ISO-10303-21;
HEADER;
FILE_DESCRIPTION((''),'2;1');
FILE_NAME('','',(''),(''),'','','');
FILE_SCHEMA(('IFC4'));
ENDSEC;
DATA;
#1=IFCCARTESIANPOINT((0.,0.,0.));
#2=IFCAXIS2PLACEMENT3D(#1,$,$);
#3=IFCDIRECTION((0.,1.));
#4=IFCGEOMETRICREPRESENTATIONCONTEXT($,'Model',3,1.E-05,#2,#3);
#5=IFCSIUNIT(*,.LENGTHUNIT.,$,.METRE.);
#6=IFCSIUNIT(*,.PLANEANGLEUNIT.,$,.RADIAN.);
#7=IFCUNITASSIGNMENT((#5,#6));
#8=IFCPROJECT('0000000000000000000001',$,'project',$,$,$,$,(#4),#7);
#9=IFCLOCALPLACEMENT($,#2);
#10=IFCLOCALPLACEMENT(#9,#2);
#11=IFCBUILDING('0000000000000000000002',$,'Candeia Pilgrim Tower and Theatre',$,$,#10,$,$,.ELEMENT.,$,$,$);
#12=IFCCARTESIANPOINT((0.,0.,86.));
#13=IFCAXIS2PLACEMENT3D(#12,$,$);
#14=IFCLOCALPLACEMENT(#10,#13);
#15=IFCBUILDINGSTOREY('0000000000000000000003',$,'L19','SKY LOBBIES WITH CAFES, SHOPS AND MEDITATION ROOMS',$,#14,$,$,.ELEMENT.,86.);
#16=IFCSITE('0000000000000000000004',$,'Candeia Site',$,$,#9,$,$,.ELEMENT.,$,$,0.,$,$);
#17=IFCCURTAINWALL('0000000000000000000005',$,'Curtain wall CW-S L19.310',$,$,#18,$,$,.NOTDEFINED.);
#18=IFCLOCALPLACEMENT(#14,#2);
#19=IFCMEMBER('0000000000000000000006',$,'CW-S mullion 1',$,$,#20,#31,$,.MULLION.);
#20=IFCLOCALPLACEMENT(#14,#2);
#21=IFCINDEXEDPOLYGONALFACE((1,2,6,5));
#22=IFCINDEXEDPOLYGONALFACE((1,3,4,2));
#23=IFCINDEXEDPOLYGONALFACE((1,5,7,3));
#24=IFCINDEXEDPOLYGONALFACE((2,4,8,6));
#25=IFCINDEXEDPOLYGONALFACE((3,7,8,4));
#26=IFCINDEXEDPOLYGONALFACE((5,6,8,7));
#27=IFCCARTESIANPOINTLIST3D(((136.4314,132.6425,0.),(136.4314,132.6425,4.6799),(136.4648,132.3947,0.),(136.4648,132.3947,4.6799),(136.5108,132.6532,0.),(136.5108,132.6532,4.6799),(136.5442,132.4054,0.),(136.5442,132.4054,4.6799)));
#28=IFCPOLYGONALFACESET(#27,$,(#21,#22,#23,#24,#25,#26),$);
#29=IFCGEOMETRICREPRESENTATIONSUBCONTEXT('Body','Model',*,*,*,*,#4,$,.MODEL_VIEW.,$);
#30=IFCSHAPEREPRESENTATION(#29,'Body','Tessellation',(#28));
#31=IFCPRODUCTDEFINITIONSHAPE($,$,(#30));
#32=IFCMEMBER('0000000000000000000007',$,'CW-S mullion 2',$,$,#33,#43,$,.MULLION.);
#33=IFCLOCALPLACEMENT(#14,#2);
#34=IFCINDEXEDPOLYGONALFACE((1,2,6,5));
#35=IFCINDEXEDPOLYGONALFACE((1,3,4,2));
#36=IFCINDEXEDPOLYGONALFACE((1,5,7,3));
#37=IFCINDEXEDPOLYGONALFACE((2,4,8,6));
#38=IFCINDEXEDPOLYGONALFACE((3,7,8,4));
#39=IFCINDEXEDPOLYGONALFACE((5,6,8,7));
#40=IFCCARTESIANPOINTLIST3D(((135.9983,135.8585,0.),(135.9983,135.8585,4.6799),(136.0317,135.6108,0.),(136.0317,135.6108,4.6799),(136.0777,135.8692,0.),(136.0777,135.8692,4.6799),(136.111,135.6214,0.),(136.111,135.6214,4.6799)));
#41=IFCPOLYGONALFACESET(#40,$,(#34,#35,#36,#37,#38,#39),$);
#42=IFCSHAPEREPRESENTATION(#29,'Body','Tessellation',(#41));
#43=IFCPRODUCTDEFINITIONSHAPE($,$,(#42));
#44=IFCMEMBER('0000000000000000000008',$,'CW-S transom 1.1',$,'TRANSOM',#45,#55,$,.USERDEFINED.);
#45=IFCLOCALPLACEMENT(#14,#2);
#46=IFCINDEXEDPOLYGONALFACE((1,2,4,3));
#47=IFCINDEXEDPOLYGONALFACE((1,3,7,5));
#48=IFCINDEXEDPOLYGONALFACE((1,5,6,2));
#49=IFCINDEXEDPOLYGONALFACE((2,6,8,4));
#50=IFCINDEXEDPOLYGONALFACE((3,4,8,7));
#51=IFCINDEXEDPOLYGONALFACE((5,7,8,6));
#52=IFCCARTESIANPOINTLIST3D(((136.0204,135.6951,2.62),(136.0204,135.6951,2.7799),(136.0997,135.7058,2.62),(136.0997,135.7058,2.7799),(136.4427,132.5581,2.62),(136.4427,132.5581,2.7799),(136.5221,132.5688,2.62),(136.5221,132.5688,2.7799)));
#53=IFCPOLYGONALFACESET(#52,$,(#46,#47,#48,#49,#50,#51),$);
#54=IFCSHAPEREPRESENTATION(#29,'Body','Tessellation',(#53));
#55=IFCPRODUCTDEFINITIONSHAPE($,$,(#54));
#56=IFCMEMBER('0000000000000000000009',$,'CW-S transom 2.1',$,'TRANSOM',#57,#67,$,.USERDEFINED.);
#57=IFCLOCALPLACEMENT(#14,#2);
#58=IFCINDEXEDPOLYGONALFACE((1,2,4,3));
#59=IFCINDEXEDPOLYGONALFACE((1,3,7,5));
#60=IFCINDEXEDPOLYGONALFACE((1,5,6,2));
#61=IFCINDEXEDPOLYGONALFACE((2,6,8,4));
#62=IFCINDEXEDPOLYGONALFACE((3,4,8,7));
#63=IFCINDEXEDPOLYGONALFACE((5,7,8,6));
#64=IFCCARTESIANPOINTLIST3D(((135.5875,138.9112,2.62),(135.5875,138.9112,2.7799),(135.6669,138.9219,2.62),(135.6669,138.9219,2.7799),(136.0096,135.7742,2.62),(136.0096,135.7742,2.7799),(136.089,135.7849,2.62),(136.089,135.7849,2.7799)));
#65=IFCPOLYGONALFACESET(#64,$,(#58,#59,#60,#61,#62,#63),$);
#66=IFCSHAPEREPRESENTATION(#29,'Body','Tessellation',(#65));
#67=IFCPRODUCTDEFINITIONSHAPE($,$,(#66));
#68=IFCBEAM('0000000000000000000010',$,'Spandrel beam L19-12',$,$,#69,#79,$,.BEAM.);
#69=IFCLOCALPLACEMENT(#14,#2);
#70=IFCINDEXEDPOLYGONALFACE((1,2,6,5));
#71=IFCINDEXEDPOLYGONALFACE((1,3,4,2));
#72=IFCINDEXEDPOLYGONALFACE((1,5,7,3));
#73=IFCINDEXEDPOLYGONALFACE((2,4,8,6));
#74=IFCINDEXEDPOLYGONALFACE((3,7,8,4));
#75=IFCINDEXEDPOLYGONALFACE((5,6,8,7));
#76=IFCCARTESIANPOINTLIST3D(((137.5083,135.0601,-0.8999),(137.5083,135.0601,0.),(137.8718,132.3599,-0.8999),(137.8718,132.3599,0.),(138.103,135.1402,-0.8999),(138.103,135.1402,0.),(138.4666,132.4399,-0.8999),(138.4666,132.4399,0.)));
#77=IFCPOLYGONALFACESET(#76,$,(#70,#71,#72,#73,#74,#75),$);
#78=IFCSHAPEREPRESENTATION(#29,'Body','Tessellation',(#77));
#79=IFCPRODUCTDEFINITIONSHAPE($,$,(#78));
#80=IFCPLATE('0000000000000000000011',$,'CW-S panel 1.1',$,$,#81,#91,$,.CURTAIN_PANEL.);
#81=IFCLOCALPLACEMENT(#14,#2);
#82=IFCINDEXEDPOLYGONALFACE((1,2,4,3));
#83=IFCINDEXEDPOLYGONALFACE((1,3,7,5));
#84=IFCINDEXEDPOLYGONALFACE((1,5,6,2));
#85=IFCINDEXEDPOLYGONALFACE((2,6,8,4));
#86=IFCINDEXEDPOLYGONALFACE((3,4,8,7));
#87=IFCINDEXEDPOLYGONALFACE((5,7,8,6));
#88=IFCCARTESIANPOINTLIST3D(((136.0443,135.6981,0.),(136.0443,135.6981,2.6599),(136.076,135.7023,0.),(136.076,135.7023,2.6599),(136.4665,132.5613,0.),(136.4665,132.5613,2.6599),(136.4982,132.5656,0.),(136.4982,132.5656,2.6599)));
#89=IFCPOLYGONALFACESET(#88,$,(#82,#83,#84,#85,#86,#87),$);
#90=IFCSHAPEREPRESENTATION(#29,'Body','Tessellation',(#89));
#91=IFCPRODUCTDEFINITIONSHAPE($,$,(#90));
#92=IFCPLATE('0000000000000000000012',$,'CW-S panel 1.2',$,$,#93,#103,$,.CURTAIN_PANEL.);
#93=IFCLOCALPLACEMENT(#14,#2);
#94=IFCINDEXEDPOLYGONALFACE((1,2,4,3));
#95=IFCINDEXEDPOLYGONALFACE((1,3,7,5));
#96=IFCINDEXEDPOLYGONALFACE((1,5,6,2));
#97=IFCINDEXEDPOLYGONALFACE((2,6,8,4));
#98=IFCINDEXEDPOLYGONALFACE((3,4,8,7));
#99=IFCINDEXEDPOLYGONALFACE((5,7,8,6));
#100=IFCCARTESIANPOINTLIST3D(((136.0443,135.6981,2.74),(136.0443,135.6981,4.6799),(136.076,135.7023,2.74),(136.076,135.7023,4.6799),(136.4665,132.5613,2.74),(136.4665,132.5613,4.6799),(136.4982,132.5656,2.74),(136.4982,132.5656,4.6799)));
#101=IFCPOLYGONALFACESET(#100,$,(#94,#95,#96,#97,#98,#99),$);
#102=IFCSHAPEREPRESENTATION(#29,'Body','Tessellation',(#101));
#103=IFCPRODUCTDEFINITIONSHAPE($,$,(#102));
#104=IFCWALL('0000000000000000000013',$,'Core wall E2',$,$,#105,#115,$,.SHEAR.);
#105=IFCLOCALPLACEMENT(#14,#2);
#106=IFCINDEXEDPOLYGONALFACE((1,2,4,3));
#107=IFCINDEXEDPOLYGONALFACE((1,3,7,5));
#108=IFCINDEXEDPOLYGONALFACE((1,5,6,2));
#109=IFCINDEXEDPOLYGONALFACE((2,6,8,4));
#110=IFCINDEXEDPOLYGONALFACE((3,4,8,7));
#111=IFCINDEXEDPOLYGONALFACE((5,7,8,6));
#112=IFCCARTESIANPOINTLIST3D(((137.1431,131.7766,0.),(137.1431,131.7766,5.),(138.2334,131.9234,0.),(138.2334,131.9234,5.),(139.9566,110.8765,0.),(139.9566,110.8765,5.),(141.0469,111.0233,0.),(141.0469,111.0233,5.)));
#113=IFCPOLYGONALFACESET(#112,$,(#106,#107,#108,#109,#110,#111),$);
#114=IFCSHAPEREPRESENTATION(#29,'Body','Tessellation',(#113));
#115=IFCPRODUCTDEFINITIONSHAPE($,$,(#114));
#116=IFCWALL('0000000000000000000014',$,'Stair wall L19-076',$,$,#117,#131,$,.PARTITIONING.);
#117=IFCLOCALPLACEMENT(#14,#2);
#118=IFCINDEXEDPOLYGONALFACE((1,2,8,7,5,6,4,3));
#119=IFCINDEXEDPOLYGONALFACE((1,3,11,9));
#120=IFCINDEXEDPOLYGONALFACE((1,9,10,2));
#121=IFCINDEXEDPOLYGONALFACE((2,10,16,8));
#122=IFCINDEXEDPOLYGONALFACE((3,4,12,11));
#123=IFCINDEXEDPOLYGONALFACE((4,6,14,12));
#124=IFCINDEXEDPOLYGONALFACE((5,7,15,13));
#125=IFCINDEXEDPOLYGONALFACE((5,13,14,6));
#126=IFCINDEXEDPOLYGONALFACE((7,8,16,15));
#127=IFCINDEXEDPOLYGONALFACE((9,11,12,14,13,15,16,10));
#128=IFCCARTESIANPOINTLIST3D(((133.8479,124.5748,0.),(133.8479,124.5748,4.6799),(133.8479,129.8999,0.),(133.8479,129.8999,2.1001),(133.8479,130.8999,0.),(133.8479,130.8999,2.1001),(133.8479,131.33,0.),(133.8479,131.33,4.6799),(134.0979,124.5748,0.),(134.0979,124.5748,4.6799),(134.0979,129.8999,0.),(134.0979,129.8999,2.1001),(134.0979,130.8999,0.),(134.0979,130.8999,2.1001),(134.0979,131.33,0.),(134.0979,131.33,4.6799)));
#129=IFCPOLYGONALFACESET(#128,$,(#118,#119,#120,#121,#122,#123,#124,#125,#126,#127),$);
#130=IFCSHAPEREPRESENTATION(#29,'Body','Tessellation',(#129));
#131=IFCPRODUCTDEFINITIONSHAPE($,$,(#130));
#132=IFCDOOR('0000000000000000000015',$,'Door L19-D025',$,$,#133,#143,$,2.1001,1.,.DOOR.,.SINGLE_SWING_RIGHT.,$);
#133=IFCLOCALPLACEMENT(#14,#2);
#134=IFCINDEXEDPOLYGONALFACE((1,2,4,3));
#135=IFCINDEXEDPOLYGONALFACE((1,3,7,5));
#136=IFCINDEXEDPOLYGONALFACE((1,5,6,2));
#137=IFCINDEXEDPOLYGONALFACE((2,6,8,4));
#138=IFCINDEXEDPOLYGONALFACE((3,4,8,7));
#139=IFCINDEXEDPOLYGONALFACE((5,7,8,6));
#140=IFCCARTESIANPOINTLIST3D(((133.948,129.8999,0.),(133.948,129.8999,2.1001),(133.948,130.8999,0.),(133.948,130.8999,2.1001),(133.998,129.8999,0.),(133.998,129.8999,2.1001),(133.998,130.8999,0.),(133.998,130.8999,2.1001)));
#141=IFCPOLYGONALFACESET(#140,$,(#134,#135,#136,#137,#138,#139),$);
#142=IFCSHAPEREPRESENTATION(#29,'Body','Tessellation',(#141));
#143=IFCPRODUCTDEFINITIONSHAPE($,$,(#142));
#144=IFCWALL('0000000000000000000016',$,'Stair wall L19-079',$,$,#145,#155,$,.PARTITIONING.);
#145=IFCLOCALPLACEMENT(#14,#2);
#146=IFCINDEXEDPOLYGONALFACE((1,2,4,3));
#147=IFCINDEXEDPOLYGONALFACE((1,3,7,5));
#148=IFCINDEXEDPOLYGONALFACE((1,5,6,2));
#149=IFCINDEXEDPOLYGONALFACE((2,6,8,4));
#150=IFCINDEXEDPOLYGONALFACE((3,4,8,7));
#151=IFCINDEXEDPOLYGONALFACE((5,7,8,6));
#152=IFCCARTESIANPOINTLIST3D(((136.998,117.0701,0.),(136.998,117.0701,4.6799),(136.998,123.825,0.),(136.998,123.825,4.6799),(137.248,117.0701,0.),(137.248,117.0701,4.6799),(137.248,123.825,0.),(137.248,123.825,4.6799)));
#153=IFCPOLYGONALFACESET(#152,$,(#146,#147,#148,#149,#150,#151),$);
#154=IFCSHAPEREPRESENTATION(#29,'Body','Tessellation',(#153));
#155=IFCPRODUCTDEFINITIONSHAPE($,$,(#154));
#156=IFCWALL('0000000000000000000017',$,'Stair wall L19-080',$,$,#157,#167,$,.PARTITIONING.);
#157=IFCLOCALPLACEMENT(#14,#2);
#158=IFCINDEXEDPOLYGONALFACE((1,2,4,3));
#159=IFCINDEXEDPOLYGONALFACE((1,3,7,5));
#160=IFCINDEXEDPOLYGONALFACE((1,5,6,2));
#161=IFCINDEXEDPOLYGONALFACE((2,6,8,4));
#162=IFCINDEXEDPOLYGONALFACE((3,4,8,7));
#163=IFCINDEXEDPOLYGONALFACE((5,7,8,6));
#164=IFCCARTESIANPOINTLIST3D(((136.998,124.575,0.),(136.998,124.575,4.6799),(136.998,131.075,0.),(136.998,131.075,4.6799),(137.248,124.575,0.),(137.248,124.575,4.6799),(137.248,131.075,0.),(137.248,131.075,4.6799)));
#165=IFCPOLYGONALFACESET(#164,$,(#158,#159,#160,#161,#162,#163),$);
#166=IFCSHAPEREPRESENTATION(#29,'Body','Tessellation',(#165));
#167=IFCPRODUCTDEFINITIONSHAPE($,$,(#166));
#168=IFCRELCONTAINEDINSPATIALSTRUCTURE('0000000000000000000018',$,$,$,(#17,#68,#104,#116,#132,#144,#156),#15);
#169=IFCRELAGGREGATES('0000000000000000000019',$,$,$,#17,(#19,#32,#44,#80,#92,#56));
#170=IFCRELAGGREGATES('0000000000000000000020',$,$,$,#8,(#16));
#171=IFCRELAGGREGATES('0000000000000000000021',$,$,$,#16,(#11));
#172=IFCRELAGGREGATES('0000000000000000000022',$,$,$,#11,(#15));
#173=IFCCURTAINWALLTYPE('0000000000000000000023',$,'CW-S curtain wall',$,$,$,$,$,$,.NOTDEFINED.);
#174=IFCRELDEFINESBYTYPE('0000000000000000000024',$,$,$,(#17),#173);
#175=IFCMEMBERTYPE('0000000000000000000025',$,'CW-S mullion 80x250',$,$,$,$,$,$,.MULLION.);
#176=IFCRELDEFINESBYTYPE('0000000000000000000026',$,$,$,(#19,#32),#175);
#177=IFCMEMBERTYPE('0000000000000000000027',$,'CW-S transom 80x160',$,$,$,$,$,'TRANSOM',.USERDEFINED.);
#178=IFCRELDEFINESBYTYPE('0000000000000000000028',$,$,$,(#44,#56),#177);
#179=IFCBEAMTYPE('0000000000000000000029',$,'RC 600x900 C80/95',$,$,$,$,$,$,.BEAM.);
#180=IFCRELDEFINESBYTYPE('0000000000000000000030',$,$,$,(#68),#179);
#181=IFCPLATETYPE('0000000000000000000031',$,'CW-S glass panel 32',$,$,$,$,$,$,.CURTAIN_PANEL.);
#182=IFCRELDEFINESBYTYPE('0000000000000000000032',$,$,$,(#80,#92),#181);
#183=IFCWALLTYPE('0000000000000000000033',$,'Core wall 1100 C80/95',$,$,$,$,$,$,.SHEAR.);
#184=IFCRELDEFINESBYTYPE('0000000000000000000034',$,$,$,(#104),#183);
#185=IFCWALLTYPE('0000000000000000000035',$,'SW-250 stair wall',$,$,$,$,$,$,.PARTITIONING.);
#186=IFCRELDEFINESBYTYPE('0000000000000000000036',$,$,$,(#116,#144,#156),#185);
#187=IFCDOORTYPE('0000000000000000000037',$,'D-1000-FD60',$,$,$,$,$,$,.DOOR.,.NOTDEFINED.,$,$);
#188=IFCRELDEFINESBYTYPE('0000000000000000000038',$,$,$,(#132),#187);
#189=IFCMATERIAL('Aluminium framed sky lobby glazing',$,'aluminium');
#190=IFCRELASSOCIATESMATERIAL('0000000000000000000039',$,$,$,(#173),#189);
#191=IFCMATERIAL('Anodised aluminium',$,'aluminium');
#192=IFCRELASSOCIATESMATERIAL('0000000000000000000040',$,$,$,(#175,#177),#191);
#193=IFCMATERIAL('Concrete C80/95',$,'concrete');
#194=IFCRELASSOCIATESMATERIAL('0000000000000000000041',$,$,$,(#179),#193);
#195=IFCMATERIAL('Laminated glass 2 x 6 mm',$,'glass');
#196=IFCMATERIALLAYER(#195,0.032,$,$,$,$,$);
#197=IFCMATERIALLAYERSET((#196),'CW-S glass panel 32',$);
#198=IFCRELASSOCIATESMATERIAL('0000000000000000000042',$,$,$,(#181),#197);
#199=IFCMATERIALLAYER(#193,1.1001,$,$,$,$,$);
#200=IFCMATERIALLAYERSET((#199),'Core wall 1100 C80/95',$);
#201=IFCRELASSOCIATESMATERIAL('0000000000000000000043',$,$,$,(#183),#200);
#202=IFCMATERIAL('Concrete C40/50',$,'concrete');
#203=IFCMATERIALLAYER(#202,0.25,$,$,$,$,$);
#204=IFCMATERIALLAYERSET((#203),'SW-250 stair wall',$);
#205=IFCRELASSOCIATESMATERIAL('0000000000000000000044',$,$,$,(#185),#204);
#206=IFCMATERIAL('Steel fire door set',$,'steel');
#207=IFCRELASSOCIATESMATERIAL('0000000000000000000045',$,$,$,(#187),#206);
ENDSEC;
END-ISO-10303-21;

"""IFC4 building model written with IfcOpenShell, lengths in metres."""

from ifc_helpers import new_model, si_unit, direction, frame, frame_2d, origin, origin_2d, place, context, subcontext, project, spatial, rectangle, extrude, material, layer, layer_set, material_profile, profile_set, type_object, element, fill, aggregate, save


model = new_model("IFC4")

# Units and contexts
model_context = context("Model", 3, precision=1e-05, world=origin(), true_north=direction((0.0, 1.0)))
body_context = subcontext(model_context, "Body", "Model", "MODEL_VIEW")
ifc_project = project(units=[si_unit("LENGTHUNIT", "METRE"), si_unit("PLANEANGLEUNIT", "RADIAN")], contexts=[model_context])

# Site, building, storey
site_placement = place(None, origin())
site = spatial("IfcSite", under=ifc_project, at=site_placement, Name="Candeia Site", CompositionType="ELEMENT", RefElevation=0.0)
building_placement = place(site_placement, origin())
building = spatial("IfcBuilding", under=site, at=building_placement, Name="Candeia Pilgrim Tower and Theatre", CompositionType="ELEMENT")
storey_placement = place(building_placement, frame((0.0, 0.0, 86.0)))
storey = spatial("IfcBuildingStorey", under=building, at=storey_placement, Name="L19", Description="SKY LOBBIES WITH CAFES, SHOPS AND MEDITATION ROOMS", CompositionType="ELEMENT", Elevation=86.0)

# Curtain wall, members
ifc_material_1 = material(Name="Aluminium framed sky lobby glazing", Category="aluminium")
curtain_wall_type = type_object("IfcCurtainWallType", Name="CW-S curtain wall", PredefinedType="NOTDEFINED", material=ifc_material_1)
curtain_wall_placement = place(storey_placement, origin())
curtain_wall = element("IfcCurtainWall", 1, at=curtain_wall_placement, inside=storey, type_object=curtain_wall_type, Name="Curtain wall CW-S L19.310", PredefinedType="NOTDEFINED")
ifc_material_2 = material(Name="Anodised aluminium", Category="aluminium")
ifc_material_profile_1 = material_profile(ifc_material_2, rectangle(XDim=0.0801, YDim=0.25, at=origin_2d()))
ifc_profile_set_1 = profile_set([ifc_material_profile_1], Name="Anodised aluminium")
member_type_1 = type_object("IfcMemberType", Name="CW-S mullion 80x250", PredefinedType="MULLION", material=ifc_profile_set_1)
member_1_placement = place(storey_placement, frame((136.4878, 132.5239, 0.0), z_axis=(0.0, 0.0, 1.0), x_axis=(-0.991061, -0.133412, 0.0)))
member_1 = element("IfcMember", 2, at=member_1_placement, type_object=member_type_1, Name="CW-S mullion 1", PredefinedType="MULLION", context=body_context, shape_type="SweptSolid", body=[
    extrude(rectangle(XDim=0.0801, YDim=0.25, at=origin_2d()), origin(), (0.0, 0.0, 1.0), 4.6799),
])
member_2_placement = place(storey_placement, frame((136.0547, 135.74, 0.0), z_axis=(0.0, 0.0, 1.0), x_axis=(-0.991061, -0.133412, 0.0)))
member_2 = element("IfcMember", 3, at=member_2_placement, type_object=member_type_1, Name="CW-S mullion 2", PredefinedType="MULLION", context=body_context, shape_type="SweptSolid", body=[
    extrude(rectangle(XDim=0.0801, YDim=0.25, at=origin_2d()), origin(), (0.0, 0.0, 1.0), 4.6799),
])
ifc_material_profile_2 = material_profile(ifc_material_2, rectangle(XDim=0.0801, YDim=0.1599, at=origin_2d()))
ifc_profile_set_2 = profile_set([ifc_material_profile_2], Name="Anodised aluminium")
member_type_2 = type_object("IfcMemberType", Name="CW-S transom 80x160", ElementType="TRANSOM", PredefinedType="USERDEFINED", material=ifc_profile_set_2)
member_3_placement = place(storey_placement, frame((136.4824, 132.5635, 2.7), z_axis=(-0.133437, 0.991057, 0.0), x_axis=(-0.991057, -0.133437, 0.0)))
member_3 = element("IfcMember", 4, at=member_3_placement, type_object=member_type_2, Name="CW-S transom 1.1", ObjectType="TRANSOM", PredefinedType="USERDEFINED", context=body_context, shape_type="SweptSolid", body=[
    extrude(rectangle(XDim=0.0801, YDim=0.1599, at=origin_2d()), origin(), (0.0, 0.0, 1.0), 3.1653),
])
member_4_placement = place(storey_placement, frame((136.0493, 135.7795, 2.7), z_axis=(-0.133361, 0.991068, 0.0), x_axis=(-0.991068, -0.133361, 0.0)))
member_4 = element("IfcMember", 5, at=member_4_placement, type_object=member_type_2, Name="CW-S transom 2.1", ObjectType="TRANSOM", PredefinedType="USERDEFINED", context=body_context, shape_type="SweptSolid", body=[
    extrude(rectangle(XDim=0.0801, YDim=0.1599, at=origin_2d()), origin(), (0.0, 0.0, 1.0), 3.1653),
])

# Beam
ifc_material_3 = material(Name="Concrete C80/95", Category="concrete")
ifc_material_profile_3 = material_profile(ifc_material_3, rectangle(XDim=0.6001, YDim=0.8999, at=origin_2d()))
ifc_profile_set_3 = profile_set([ifc_material_profile_3], Name="Concrete C80/95")
beam_type = type_object("IfcBeamType", Name="RC 600x900 C80/95", PredefinedType="BEAM", material=ifc_profile_set_3)
beam_placement = place(storey_placement, frame((138.1692, 132.3999, -0.45), z_axis=(-0.133426, 0.991059, 0.0), x_axis=(-0.991059, -0.133426, 0.0)))
element("IfcBeam", 6, at=beam_placement, inside=storey, type_object=beam_type, Name="Spandrel beam L19-12", PredefinedType="BEAM", context=body_context, shape_type="SweptSolid", body=[
    extrude(rectangle(XDim=0.6001, YDim=0.8999, at=origin_2d()), origin(), (0.0, 0.0, 1.0), 2.7246),
])

# Plates
ifc_material_4 = material(Name="Laminated glass 2 x 6 mm", Category="glass")
ifc_layer_1 = layer(ifc_material_4, 0.032)
ifc_layer_set_1 = layer_set([ifc_layer_1], Name="CW-S glass panel 32")
plate_type = type_object("IfcPlateType", Name="CW-S glass panel 32", PredefinedType="CURTAIN_PANEL", material=ifc_layer_set_1)
plate_1_placement = place(storey_placement, frame((136.2712, 134.1318, 0.0), z_axis=(0.0, 0.0, 1.0), x_axis=(-0.133412, 0.991061, 0.0)))
plate_1 = element("IfcPlate", 7, at=plate_1_placement, type_object=plate_type, Name="CW-S panel 1.1", PredefinedType="CURTAIN_PANEL", context=body_context, shape_type="SweptSolid", body=[
    extrude(rectangle(XDim=3.165, YDim=0.032, at=origin_2d()), origin(), (0.0, 0.0, 1.0), 2.6599),
])
plate_2_placement = place(storey_placement, frame((136.2712, 134.1318, 2.74), z_axis=(0.0, 0.0, 1.0), x_axis=(-0.133412, 0.991061, 0.0)))
plate_2 = element("IfcPlate", 8, at=plate_2_placement, type_object=plate_type, Name="CW-S panel 1.2", PredefinedType="CURTAIN_PANEL", context=body_context, shape_type="SweptSolid", body=[
    extrude(rectangle(XDim=3.165, YDim=0.032, at=origin_2d()), origin(), (0.0, 0.0, 1.0), 1.9399),
])
aggregate(curtain_wall, [member_1, member_2, member_3, plate_1, plate_2, member_4])

# Wall
ifc_layer_2 = layer(ifc_material_3, 1.1001)
ifc_layer_set_2 = layer_set([ifc_layer_2], Name="Core wall 1100 C80/95")
wall_type_1 = type_object("IfcWallType", Name="Core wall 1100 C80/95", PredefinedType="SHEAR", material=ifc_layer_set_2)
wall_1_placement = place(storey_placement, frame((137.6882, 131.8501, 0.0), z_axis=(0.0, 0.0, 1.0), x_axis=(0.133412, -0.991061, 0.0)))
element("IfcWall", 9, at=wall_1_placement, inside=storey, type_object=wall_type_1, Name="Core wall E2", PredefinedType="SHEAR", context=body_context, shape_type="SweptSolid", body=[
    extrude(rectangle(XDim=21.0886, YDim=1.1001, at=frame_2d((10.5444, 0.0))), origin(), (0.0, 0.0, 1.0), 5.0),
])

# Wall, opening, door
ifc_material_5 = material(Name="Concrete C40/50", Category="concrete")
ifc_layer_3 = layer(ifc_material_5, 0.25)
ifc_layer_set_3 = layer_set([ifc_layer_3], Name="SW-250 stair wall")
wall_type_2 = type_object("IfcWallType", Name="SW-250 stair wall", PredefinedType="PARTITIONING", material=ifc_layer_set_3)
wall_2_placement = place(storey_placement, frame((133.9729, 124.575, 0.0), z_axis=(0.0, 0.0, 1.0), x_axis=(0.0, 1.0, 0.0)))
wall_2 = element("IfcWall", 10, at=wall_2_placement, inside=storey, type_object=wall_type_2, Name="Stair wall L19-076", PredefinedType="PARTITIONING", context=body_context, shape_type="SweptSolid", body=[
    extrude(rectangle(XDim=6.7551, YDim=0.25, at=frame_2d((3.3774, 0.0))), origin(), (0.0, 0.0, 1.0), 4.6799),
])
opening_placement = place(wall_2_placement, frame((5.325, 0.0, 0.0)))
opening = element("IfcOpeningElement", 11, at=opening_placement, cuts=wall_2, PredefinedType="OPENING", context=body_context, shape_type="SweptSolid", body=[
    extrude(rectangle(XDim=1.0, YDim=2.1001, at=frame_2d((0.5, 1.05))), frame((0.0, 0.135, 0.0), z_axis=(0.0, -1.0, 0.0), x_axis=(1.0, 0.0, 0.0)), (0.0, 0.0, 1.0), 0.27),
])
ifc_material_6 = material(Name="Steel fire door set", Category="steel")
door_type = type_object("IfcDoorType", Name="D-1000-FD60", OperationType="NOTDEFINED", PredefinedType="DOOR", material=ifc_material_6)
door_placement = place(opening_placement, origin())
door = element("IfcDoor", 12, at=door_placement, inside=storey, type_object=door_type, Name="Door L19-D025", OperationType="SINGLE_SWING_RIGHT", OverallHeight=2.1001, OverallWidth=1.0, PredefinedType="DOOR", context=body_context, shape_type="SweptSolid", body=[
    extrude(rectangle(XDim=1.0, YDim=2.1001, at=frame_2d((0.5, 1.05))), frame((0.0, 0.0249, 0.0), z_axis=(0.0, -1.0, 0.0), x_axis=(1.0, 0.0, 0.0)), (0.0, 0.0, 1.0), 0.05),
])
fill(opening, door)

# Walls
wall_3_placement = place(storey_placement, frame((137.123, 117.0701, 0.0), z_axis=(0.0, 0.0, 1.0), x_axis=(0.0, 1.0, 0.0)))
element("IfcWall", 13, at=wall_3_placement, inside=storey, type_object=wall_type_2, Name="Stair wall L19-079", PredefinedType="PARTITIONING", context=body_context, shape_type="SweptSolid", body=[
    extrude(rectangle(XDim=6.7549, YDim=0.25, at=frame_2d((3.3774, 0.0))), origin(), (0.0, 0.0, 1.0), 4.6799),
])
wall_4_placement = place(storey_placement, frame((137.123, 124.575, 0.0), z_axis=(0.0, 0.0, 1.0), x_axis=(0.0, 1.0, 0.0)))
element("IfcWall", 14, at=wall_4_placement, inside=storey, type_object=wall_type_2, Name="Stair wall L19-080", PredefinedType="PARTITIONING", context=body_context, shape_type="SweptSolid", body=[
    extrude(rectangle(XDim=6.5, YDim=0.25, at=frame_2d((3.25, 0.0))), origin(), (0.0, 0.0, 1.0), 4.6799),
])

save(model, "model.ifc")
